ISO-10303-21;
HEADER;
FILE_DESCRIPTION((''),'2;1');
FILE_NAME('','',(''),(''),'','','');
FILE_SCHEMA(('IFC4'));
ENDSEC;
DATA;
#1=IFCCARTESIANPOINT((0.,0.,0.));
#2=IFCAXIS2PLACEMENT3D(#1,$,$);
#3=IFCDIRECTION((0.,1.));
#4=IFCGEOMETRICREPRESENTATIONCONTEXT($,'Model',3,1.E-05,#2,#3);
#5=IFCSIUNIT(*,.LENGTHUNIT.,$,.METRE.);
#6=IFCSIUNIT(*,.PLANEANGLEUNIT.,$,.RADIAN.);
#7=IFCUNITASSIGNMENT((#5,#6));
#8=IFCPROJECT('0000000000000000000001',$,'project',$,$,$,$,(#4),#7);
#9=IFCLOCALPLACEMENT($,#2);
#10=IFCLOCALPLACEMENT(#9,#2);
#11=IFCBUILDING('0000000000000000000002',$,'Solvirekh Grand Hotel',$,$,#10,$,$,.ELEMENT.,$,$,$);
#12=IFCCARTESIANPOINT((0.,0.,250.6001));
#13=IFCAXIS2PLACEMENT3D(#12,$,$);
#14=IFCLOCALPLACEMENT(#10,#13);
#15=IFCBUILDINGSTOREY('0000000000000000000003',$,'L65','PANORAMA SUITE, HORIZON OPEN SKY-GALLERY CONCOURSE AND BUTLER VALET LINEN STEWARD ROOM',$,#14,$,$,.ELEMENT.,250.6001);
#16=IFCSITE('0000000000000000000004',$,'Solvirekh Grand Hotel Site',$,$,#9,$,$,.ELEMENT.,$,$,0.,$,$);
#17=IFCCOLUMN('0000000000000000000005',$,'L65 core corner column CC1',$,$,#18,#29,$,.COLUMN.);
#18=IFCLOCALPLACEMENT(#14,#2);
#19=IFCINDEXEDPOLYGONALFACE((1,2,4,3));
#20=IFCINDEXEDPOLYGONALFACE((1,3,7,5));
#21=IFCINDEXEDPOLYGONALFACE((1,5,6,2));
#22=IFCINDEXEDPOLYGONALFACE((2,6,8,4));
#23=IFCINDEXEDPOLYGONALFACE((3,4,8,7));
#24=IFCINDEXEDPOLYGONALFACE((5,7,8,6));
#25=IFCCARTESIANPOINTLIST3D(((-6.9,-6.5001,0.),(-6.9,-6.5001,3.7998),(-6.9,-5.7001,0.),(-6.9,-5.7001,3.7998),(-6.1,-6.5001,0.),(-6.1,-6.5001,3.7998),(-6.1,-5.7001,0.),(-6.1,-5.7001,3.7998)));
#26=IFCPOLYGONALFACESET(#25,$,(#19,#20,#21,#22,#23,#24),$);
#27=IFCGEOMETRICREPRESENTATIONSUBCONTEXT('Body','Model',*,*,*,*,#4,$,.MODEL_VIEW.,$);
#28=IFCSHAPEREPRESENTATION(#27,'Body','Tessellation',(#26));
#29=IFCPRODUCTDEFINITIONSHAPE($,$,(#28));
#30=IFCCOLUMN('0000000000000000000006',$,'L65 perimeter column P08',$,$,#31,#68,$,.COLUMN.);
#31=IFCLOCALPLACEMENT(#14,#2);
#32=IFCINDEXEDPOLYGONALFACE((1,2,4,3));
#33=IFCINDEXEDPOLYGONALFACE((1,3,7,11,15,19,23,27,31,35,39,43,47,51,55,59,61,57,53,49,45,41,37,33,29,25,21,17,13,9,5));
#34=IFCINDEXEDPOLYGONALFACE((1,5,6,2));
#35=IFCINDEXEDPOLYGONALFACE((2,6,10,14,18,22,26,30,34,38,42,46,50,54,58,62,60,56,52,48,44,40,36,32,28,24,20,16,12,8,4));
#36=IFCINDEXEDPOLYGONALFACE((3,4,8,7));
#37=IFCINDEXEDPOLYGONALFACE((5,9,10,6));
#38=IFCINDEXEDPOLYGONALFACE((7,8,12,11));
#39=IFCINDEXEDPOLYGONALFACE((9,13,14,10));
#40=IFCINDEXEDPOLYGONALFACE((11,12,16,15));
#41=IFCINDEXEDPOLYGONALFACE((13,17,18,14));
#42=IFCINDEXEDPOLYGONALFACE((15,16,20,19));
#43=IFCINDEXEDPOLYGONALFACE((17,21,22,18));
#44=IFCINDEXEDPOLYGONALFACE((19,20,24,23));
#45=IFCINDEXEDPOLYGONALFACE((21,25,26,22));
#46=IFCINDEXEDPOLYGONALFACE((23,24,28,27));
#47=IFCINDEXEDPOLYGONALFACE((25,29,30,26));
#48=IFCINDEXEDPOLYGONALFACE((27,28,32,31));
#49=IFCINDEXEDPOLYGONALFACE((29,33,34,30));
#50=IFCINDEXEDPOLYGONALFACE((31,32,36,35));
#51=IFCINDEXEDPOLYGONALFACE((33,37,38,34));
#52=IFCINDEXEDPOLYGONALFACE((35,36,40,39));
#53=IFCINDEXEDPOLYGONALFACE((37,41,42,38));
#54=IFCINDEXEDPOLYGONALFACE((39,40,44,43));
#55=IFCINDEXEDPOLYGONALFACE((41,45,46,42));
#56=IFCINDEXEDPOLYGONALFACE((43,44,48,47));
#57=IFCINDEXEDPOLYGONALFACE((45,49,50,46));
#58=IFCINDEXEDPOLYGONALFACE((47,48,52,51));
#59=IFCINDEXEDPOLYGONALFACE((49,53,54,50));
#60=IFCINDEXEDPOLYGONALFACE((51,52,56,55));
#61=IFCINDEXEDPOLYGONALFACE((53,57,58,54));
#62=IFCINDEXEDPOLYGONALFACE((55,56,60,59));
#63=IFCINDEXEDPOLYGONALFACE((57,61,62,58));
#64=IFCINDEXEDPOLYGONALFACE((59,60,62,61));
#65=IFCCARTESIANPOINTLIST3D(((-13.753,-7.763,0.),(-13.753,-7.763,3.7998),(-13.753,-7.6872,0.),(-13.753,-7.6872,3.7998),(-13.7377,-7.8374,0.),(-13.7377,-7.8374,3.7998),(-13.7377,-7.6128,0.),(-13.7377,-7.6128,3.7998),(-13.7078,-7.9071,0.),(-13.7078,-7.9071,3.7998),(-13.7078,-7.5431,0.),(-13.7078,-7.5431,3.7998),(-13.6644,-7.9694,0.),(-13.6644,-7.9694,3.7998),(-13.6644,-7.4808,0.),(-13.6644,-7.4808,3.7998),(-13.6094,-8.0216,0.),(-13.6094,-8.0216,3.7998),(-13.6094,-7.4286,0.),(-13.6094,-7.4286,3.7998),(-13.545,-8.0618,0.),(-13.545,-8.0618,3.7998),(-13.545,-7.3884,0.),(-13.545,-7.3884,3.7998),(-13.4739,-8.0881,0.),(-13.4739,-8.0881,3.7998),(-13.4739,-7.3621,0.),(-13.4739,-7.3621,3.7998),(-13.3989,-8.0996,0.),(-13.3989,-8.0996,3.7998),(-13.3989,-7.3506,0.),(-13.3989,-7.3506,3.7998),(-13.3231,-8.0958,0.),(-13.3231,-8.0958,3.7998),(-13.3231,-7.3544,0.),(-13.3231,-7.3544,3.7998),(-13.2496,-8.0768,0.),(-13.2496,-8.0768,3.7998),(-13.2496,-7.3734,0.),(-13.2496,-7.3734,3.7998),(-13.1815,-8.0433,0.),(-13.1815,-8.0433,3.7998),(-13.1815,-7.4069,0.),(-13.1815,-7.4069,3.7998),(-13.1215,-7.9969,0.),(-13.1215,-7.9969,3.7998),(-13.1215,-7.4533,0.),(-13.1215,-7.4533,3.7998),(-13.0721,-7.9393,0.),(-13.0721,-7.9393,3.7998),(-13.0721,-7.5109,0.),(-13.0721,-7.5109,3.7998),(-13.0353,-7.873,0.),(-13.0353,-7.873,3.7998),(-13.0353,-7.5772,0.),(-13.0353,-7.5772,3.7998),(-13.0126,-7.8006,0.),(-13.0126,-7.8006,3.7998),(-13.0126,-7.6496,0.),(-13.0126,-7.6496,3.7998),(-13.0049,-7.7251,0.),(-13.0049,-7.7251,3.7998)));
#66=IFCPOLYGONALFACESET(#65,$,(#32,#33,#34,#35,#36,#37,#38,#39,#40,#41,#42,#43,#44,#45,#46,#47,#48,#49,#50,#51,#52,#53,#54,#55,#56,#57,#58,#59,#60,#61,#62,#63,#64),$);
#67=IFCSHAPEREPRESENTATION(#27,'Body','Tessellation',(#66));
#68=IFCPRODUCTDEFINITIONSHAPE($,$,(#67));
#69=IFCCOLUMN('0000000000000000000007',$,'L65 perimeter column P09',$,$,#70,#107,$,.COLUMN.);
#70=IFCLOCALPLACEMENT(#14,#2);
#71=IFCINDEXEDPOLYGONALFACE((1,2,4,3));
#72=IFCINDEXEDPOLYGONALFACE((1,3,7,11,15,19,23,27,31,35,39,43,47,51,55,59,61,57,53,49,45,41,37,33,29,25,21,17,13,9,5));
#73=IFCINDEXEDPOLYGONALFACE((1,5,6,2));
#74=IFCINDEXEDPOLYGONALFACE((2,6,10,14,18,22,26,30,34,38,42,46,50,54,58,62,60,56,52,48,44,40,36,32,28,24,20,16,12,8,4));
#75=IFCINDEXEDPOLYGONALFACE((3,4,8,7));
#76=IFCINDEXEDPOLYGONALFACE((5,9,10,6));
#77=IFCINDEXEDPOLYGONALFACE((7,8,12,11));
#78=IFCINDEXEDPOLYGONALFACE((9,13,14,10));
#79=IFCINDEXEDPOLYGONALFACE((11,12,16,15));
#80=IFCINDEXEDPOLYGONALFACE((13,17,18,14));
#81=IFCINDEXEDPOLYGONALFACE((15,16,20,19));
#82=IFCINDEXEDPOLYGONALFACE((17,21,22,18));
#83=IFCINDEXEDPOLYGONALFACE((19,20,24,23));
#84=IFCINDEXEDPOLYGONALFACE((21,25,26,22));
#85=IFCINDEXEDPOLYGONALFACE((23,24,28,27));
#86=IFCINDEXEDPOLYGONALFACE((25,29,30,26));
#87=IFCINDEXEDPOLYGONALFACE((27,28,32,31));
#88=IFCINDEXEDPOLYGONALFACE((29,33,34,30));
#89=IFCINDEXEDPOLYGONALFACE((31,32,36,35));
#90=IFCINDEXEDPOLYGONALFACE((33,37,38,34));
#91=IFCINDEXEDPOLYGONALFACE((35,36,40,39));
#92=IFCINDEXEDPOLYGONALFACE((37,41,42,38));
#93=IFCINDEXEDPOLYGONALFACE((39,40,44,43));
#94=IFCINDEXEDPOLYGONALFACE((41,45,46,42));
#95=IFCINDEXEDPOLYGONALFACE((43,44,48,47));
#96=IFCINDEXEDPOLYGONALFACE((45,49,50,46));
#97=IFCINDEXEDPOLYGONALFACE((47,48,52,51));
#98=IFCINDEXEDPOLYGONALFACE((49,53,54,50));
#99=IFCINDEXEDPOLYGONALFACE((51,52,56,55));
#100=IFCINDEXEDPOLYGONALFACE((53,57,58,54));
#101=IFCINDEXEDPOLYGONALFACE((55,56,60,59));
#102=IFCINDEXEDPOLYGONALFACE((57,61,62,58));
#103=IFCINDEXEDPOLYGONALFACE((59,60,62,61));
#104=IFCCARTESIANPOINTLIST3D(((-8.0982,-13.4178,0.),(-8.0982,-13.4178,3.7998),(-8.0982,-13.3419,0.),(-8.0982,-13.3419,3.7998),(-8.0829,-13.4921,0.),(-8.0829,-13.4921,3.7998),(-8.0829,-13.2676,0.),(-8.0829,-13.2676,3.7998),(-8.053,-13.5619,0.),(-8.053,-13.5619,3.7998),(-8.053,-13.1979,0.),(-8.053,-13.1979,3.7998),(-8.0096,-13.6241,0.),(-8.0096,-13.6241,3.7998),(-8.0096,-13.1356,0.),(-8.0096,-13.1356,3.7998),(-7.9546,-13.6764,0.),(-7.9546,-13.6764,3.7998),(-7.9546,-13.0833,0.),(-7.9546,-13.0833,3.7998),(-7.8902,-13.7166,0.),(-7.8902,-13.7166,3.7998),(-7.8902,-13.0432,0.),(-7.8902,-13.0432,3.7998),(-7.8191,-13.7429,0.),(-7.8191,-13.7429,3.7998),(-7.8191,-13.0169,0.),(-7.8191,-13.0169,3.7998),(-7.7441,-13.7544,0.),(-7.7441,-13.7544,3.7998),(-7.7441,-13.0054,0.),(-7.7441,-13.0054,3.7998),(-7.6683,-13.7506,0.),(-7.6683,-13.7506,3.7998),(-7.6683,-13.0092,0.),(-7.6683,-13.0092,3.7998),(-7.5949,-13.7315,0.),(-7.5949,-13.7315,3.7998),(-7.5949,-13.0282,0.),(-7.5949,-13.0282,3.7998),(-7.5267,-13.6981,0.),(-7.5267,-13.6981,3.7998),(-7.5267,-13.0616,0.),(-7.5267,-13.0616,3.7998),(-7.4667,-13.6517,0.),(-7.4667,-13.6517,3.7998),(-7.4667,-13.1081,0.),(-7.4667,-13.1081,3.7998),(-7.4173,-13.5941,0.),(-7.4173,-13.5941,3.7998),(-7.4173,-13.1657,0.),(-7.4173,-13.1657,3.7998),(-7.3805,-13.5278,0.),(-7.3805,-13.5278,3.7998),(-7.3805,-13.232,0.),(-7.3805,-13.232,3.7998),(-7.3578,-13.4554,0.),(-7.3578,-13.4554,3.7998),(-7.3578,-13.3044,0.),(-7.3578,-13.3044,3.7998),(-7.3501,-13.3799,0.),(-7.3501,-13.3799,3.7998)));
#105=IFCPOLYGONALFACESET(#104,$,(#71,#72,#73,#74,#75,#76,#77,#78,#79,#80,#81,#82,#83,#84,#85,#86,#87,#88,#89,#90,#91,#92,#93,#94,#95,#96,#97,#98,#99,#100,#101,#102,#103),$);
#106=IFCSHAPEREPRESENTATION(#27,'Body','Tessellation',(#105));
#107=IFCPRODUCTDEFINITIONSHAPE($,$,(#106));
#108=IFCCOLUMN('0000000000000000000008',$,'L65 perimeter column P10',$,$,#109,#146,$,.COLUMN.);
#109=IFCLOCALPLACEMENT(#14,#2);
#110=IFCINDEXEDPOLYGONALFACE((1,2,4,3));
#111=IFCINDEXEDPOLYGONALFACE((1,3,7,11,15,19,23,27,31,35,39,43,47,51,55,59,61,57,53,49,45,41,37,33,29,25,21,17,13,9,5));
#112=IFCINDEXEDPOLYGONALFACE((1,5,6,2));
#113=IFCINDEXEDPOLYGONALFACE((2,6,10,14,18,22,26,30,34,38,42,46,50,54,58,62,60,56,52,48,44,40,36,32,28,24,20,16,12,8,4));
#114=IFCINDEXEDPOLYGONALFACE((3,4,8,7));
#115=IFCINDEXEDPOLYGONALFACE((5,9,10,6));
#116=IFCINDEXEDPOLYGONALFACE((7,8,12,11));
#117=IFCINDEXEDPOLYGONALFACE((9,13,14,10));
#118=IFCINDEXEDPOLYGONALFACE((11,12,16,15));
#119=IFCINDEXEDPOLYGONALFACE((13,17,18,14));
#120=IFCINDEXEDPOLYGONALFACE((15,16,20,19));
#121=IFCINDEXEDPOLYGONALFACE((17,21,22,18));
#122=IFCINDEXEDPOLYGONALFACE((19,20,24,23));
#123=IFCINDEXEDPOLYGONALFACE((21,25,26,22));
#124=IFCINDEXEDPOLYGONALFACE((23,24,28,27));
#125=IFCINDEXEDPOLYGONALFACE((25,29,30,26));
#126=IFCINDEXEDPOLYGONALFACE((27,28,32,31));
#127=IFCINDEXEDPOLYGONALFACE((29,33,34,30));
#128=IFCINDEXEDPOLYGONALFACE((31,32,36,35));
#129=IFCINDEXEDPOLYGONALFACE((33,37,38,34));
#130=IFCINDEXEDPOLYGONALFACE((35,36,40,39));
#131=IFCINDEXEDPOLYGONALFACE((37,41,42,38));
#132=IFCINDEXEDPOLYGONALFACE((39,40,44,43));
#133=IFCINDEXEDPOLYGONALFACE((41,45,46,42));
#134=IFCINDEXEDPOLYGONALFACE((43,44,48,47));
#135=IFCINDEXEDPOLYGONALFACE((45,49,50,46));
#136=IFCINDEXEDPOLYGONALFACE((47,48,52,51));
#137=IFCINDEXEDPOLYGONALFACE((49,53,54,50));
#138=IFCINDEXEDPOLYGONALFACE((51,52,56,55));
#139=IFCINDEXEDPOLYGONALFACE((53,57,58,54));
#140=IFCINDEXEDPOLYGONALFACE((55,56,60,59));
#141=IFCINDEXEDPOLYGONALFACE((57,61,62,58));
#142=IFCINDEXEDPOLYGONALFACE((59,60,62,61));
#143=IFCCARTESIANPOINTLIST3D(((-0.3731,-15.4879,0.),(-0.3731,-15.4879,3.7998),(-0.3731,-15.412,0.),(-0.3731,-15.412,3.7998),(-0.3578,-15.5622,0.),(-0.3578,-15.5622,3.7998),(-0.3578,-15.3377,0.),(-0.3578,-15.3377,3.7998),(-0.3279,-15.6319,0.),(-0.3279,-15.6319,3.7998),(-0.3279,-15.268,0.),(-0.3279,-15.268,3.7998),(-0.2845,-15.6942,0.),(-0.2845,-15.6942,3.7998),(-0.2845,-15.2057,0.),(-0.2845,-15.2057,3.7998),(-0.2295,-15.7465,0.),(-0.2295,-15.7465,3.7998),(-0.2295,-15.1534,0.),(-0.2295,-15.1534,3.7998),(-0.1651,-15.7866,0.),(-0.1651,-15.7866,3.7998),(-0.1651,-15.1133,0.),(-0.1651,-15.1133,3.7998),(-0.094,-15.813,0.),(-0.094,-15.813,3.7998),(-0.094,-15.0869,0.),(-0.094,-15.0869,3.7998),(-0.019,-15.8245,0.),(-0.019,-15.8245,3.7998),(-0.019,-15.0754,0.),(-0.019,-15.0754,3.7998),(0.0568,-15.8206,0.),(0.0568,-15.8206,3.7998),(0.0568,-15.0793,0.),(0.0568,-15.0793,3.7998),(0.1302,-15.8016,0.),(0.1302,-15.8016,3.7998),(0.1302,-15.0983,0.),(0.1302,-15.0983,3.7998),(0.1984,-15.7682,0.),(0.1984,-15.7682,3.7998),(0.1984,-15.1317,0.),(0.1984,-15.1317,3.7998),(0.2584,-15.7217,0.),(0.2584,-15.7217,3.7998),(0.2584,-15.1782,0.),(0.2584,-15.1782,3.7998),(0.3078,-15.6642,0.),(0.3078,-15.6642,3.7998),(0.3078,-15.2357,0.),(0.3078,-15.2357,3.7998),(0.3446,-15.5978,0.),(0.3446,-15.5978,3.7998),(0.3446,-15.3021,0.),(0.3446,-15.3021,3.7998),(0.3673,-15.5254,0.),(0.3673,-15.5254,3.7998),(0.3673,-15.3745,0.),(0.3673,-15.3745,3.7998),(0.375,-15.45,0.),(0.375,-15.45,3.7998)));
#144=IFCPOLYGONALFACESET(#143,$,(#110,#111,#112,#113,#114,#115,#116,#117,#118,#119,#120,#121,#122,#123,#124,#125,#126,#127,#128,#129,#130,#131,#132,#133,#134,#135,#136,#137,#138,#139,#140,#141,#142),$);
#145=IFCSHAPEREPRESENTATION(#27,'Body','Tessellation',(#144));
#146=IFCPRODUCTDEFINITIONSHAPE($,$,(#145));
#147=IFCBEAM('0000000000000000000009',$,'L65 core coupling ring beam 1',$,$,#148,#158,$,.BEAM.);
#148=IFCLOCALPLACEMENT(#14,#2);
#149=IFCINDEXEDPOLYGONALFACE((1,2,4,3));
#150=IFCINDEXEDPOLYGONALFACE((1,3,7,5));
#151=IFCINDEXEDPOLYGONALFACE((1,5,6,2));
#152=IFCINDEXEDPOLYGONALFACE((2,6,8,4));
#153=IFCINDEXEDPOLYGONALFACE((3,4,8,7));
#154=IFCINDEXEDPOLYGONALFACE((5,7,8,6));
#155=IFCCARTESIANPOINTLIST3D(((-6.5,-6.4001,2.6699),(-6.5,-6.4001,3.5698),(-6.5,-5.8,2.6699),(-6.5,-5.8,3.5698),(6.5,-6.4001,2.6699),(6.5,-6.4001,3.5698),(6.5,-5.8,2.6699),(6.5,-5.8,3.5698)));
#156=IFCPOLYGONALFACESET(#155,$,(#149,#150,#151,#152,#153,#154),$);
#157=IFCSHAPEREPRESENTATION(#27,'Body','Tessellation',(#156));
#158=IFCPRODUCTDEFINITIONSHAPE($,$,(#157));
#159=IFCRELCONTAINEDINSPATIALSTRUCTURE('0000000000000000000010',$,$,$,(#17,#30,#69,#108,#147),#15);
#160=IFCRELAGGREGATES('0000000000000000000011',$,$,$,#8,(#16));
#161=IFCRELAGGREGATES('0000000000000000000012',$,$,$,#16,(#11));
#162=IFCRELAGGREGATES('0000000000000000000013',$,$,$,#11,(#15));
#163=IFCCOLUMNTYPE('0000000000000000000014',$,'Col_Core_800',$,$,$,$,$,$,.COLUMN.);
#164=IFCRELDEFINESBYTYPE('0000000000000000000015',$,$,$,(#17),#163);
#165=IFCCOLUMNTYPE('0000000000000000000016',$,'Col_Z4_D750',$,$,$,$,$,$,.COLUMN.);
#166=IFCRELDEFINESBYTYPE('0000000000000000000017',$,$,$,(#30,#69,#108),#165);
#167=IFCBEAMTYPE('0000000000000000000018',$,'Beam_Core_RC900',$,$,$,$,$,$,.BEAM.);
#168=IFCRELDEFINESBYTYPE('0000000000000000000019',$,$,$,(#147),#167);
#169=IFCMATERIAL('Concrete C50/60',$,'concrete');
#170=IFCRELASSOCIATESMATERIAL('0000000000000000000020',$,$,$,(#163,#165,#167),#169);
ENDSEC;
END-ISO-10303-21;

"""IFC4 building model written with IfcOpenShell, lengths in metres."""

from ifc_helpers import new_model, si_unit, direction, frame, origin, origin_2d, place, context, subcontext, project, spatial, rectangle, circle, extrude, material, material_profile, profile_set, type_object, element, save


model = new_model("IFC4")

# Units and contexts
model_context = context("Model", 3, precision=1e-05, world=origin(), true_north=direction((0.0, 1.0)))
body_context = subcontext(model_context, "Body", "Model", "MODEL_VIEW")
ifc_project = project(units=[si_unit("LENGTHUNIT", "METRE"), si_unit("PLANEANGLEUNIT", "RADIAN")], contexts=[model_context])

# Site, building, storey
site_placement = place(None, origin())
site = spatial("IfcSite", under=ifc_project, at=site_placement, Name="Solvirekh Grand Hotel Site", CompositionType="ELEMENT", RefElevation=0.0)
building_placement = place(site_placement, origin())
building = spatial("IfcBuilding", under=site, at=building_placement, Name="Solvirekh Grand Hotel", CompositionType="ELEMENT")
storey_placement = place(building_placement, frame((0.0, 0.0, 250.6001)))
storey = spatial("IfcBuildingStorey", under=building, at=storey_placement, Name="L65", Description="PANORAMA SUITE, HORIZON OPEN SKY-GALLERY CONCOURSE AND BUTLER VALET LINEN STEWARD ROOM", CompositionType="ELEMENT", Elevation=250.6001)

# Columns
ifc_material_1 = material(Name="Concrete C50/60", Category="concrete")
ifc_material_profile_1 = material_profile(ifc_material_1, rectangle(XDim=0.8, YDim=0.8, at=origin_2d()), Name="RC 800X800")
ifc_profile_set_1 = profile_set([ifc_material_profile_1], Name="Concrete C50/60")
column_type_1 = type_object("IfcColumnType", Name="Col_Core_800", PredefinedType="COLUMN", material=ifc_profile_set_1)
column_placement = place(storey_placement, frame((-6.5, -6.1001, 0.0), z_axis=(0.0, 0.0, 1.0), x_axis=(1.0, 0.0, 0.0)))
element("IfcColumn", 1, at=column_placement, inside=storey, type_object=column_type_1, Name="L65 core corner column CC1", PredefinedType="COLUMN", context=body_context, shape_type="SweptSolid", body=[
    extrude(rectangle(XDim=0.8, YDim=0.8, at=origin_2d()), origin(), (0.0, 0.0, 1.0), 3.7998),
])
ifc_material_profile_2 = material_profile(ifc_material_1, circle(Radius=0.375, at=origin_2d()), Name="RC CIRC D750")
ifc_profile_set_2 = profile_set([ifc_material_profile_2], Name="Concrete C50/60")
column_type_2 = type_object("IfcColumnType", Name="Col_Z4_D750", PredefinedType="COLUMN", material=ifc_profile_set_2)
for number, where, z_axis, x_axis, name in (
    (2, (-13.3799, -7.7251, 0.0), (0.0, 0.0, 1.0), (1.0, 0.0, 0.0), "L65 perimeter column P08"),
    (3, (-7.7251, -13.3799, 0.0), (0.0, 0.0, 1.0), (1.0, 0.0, 0.0), "L65 perimeter column P09"),
    (4, (0.0, -15.45, 0.0), (0.0, 0.0, 1.0), (1.0, 0.0, 0.0), "L65 perimeter column P10"),
):
    element("IfcColumn", number, at=place(storey_placement, frame(where, z_axis=z_axis, x_axis=x_axis)), inside=storey, type_object=column_type_2, Name=name, PredefinedType="COLUMN", context=body_context, shape_type="SweptSolid", body=[
        extrude(circle(Radius=0.375, at=origin_2d()), origin(), (0.0, 0.0, 1.0), 3.7998),
    ])

# Beam
ifc_material_profile_3 = material_profile(ifc_material_1, rectangle(XDim=0.6001, YDim=0.8999, at=origin_2d()), Name="RC BEAM 600X900")
ifc_profile_set_3 = profile_set([ifc_material_profile_3], Name="Concrete C50/60")
beam_type_1 = type_object("IfcBeamType", Name="Beam_Core_RC900", PredefinedType="BEAM", material=ifc_profile_set_3)
beam_1_placement = place(storey_placement, frame((-6.5, -6.1001, 3.1199), z_axis=(1.0, 0.0, 0.0), x_axis=(0.0, 1.0, 0.0)))
element("IfcBeam", 5, at=beam_1_placement, inside=storey, type_object=beam_type_1, Name="L65 core coupling ring beam 1", PredefinedType="BEAM", context=body_context, shape_type="SweptSolid", body=[
    extrude(rectangle(XDim=0.6001, YDim=0.8999, at=origin_2d()), origin(), (0.0, 0.0, 1.0), 13.0),
])

save(model, "model.ifc")
